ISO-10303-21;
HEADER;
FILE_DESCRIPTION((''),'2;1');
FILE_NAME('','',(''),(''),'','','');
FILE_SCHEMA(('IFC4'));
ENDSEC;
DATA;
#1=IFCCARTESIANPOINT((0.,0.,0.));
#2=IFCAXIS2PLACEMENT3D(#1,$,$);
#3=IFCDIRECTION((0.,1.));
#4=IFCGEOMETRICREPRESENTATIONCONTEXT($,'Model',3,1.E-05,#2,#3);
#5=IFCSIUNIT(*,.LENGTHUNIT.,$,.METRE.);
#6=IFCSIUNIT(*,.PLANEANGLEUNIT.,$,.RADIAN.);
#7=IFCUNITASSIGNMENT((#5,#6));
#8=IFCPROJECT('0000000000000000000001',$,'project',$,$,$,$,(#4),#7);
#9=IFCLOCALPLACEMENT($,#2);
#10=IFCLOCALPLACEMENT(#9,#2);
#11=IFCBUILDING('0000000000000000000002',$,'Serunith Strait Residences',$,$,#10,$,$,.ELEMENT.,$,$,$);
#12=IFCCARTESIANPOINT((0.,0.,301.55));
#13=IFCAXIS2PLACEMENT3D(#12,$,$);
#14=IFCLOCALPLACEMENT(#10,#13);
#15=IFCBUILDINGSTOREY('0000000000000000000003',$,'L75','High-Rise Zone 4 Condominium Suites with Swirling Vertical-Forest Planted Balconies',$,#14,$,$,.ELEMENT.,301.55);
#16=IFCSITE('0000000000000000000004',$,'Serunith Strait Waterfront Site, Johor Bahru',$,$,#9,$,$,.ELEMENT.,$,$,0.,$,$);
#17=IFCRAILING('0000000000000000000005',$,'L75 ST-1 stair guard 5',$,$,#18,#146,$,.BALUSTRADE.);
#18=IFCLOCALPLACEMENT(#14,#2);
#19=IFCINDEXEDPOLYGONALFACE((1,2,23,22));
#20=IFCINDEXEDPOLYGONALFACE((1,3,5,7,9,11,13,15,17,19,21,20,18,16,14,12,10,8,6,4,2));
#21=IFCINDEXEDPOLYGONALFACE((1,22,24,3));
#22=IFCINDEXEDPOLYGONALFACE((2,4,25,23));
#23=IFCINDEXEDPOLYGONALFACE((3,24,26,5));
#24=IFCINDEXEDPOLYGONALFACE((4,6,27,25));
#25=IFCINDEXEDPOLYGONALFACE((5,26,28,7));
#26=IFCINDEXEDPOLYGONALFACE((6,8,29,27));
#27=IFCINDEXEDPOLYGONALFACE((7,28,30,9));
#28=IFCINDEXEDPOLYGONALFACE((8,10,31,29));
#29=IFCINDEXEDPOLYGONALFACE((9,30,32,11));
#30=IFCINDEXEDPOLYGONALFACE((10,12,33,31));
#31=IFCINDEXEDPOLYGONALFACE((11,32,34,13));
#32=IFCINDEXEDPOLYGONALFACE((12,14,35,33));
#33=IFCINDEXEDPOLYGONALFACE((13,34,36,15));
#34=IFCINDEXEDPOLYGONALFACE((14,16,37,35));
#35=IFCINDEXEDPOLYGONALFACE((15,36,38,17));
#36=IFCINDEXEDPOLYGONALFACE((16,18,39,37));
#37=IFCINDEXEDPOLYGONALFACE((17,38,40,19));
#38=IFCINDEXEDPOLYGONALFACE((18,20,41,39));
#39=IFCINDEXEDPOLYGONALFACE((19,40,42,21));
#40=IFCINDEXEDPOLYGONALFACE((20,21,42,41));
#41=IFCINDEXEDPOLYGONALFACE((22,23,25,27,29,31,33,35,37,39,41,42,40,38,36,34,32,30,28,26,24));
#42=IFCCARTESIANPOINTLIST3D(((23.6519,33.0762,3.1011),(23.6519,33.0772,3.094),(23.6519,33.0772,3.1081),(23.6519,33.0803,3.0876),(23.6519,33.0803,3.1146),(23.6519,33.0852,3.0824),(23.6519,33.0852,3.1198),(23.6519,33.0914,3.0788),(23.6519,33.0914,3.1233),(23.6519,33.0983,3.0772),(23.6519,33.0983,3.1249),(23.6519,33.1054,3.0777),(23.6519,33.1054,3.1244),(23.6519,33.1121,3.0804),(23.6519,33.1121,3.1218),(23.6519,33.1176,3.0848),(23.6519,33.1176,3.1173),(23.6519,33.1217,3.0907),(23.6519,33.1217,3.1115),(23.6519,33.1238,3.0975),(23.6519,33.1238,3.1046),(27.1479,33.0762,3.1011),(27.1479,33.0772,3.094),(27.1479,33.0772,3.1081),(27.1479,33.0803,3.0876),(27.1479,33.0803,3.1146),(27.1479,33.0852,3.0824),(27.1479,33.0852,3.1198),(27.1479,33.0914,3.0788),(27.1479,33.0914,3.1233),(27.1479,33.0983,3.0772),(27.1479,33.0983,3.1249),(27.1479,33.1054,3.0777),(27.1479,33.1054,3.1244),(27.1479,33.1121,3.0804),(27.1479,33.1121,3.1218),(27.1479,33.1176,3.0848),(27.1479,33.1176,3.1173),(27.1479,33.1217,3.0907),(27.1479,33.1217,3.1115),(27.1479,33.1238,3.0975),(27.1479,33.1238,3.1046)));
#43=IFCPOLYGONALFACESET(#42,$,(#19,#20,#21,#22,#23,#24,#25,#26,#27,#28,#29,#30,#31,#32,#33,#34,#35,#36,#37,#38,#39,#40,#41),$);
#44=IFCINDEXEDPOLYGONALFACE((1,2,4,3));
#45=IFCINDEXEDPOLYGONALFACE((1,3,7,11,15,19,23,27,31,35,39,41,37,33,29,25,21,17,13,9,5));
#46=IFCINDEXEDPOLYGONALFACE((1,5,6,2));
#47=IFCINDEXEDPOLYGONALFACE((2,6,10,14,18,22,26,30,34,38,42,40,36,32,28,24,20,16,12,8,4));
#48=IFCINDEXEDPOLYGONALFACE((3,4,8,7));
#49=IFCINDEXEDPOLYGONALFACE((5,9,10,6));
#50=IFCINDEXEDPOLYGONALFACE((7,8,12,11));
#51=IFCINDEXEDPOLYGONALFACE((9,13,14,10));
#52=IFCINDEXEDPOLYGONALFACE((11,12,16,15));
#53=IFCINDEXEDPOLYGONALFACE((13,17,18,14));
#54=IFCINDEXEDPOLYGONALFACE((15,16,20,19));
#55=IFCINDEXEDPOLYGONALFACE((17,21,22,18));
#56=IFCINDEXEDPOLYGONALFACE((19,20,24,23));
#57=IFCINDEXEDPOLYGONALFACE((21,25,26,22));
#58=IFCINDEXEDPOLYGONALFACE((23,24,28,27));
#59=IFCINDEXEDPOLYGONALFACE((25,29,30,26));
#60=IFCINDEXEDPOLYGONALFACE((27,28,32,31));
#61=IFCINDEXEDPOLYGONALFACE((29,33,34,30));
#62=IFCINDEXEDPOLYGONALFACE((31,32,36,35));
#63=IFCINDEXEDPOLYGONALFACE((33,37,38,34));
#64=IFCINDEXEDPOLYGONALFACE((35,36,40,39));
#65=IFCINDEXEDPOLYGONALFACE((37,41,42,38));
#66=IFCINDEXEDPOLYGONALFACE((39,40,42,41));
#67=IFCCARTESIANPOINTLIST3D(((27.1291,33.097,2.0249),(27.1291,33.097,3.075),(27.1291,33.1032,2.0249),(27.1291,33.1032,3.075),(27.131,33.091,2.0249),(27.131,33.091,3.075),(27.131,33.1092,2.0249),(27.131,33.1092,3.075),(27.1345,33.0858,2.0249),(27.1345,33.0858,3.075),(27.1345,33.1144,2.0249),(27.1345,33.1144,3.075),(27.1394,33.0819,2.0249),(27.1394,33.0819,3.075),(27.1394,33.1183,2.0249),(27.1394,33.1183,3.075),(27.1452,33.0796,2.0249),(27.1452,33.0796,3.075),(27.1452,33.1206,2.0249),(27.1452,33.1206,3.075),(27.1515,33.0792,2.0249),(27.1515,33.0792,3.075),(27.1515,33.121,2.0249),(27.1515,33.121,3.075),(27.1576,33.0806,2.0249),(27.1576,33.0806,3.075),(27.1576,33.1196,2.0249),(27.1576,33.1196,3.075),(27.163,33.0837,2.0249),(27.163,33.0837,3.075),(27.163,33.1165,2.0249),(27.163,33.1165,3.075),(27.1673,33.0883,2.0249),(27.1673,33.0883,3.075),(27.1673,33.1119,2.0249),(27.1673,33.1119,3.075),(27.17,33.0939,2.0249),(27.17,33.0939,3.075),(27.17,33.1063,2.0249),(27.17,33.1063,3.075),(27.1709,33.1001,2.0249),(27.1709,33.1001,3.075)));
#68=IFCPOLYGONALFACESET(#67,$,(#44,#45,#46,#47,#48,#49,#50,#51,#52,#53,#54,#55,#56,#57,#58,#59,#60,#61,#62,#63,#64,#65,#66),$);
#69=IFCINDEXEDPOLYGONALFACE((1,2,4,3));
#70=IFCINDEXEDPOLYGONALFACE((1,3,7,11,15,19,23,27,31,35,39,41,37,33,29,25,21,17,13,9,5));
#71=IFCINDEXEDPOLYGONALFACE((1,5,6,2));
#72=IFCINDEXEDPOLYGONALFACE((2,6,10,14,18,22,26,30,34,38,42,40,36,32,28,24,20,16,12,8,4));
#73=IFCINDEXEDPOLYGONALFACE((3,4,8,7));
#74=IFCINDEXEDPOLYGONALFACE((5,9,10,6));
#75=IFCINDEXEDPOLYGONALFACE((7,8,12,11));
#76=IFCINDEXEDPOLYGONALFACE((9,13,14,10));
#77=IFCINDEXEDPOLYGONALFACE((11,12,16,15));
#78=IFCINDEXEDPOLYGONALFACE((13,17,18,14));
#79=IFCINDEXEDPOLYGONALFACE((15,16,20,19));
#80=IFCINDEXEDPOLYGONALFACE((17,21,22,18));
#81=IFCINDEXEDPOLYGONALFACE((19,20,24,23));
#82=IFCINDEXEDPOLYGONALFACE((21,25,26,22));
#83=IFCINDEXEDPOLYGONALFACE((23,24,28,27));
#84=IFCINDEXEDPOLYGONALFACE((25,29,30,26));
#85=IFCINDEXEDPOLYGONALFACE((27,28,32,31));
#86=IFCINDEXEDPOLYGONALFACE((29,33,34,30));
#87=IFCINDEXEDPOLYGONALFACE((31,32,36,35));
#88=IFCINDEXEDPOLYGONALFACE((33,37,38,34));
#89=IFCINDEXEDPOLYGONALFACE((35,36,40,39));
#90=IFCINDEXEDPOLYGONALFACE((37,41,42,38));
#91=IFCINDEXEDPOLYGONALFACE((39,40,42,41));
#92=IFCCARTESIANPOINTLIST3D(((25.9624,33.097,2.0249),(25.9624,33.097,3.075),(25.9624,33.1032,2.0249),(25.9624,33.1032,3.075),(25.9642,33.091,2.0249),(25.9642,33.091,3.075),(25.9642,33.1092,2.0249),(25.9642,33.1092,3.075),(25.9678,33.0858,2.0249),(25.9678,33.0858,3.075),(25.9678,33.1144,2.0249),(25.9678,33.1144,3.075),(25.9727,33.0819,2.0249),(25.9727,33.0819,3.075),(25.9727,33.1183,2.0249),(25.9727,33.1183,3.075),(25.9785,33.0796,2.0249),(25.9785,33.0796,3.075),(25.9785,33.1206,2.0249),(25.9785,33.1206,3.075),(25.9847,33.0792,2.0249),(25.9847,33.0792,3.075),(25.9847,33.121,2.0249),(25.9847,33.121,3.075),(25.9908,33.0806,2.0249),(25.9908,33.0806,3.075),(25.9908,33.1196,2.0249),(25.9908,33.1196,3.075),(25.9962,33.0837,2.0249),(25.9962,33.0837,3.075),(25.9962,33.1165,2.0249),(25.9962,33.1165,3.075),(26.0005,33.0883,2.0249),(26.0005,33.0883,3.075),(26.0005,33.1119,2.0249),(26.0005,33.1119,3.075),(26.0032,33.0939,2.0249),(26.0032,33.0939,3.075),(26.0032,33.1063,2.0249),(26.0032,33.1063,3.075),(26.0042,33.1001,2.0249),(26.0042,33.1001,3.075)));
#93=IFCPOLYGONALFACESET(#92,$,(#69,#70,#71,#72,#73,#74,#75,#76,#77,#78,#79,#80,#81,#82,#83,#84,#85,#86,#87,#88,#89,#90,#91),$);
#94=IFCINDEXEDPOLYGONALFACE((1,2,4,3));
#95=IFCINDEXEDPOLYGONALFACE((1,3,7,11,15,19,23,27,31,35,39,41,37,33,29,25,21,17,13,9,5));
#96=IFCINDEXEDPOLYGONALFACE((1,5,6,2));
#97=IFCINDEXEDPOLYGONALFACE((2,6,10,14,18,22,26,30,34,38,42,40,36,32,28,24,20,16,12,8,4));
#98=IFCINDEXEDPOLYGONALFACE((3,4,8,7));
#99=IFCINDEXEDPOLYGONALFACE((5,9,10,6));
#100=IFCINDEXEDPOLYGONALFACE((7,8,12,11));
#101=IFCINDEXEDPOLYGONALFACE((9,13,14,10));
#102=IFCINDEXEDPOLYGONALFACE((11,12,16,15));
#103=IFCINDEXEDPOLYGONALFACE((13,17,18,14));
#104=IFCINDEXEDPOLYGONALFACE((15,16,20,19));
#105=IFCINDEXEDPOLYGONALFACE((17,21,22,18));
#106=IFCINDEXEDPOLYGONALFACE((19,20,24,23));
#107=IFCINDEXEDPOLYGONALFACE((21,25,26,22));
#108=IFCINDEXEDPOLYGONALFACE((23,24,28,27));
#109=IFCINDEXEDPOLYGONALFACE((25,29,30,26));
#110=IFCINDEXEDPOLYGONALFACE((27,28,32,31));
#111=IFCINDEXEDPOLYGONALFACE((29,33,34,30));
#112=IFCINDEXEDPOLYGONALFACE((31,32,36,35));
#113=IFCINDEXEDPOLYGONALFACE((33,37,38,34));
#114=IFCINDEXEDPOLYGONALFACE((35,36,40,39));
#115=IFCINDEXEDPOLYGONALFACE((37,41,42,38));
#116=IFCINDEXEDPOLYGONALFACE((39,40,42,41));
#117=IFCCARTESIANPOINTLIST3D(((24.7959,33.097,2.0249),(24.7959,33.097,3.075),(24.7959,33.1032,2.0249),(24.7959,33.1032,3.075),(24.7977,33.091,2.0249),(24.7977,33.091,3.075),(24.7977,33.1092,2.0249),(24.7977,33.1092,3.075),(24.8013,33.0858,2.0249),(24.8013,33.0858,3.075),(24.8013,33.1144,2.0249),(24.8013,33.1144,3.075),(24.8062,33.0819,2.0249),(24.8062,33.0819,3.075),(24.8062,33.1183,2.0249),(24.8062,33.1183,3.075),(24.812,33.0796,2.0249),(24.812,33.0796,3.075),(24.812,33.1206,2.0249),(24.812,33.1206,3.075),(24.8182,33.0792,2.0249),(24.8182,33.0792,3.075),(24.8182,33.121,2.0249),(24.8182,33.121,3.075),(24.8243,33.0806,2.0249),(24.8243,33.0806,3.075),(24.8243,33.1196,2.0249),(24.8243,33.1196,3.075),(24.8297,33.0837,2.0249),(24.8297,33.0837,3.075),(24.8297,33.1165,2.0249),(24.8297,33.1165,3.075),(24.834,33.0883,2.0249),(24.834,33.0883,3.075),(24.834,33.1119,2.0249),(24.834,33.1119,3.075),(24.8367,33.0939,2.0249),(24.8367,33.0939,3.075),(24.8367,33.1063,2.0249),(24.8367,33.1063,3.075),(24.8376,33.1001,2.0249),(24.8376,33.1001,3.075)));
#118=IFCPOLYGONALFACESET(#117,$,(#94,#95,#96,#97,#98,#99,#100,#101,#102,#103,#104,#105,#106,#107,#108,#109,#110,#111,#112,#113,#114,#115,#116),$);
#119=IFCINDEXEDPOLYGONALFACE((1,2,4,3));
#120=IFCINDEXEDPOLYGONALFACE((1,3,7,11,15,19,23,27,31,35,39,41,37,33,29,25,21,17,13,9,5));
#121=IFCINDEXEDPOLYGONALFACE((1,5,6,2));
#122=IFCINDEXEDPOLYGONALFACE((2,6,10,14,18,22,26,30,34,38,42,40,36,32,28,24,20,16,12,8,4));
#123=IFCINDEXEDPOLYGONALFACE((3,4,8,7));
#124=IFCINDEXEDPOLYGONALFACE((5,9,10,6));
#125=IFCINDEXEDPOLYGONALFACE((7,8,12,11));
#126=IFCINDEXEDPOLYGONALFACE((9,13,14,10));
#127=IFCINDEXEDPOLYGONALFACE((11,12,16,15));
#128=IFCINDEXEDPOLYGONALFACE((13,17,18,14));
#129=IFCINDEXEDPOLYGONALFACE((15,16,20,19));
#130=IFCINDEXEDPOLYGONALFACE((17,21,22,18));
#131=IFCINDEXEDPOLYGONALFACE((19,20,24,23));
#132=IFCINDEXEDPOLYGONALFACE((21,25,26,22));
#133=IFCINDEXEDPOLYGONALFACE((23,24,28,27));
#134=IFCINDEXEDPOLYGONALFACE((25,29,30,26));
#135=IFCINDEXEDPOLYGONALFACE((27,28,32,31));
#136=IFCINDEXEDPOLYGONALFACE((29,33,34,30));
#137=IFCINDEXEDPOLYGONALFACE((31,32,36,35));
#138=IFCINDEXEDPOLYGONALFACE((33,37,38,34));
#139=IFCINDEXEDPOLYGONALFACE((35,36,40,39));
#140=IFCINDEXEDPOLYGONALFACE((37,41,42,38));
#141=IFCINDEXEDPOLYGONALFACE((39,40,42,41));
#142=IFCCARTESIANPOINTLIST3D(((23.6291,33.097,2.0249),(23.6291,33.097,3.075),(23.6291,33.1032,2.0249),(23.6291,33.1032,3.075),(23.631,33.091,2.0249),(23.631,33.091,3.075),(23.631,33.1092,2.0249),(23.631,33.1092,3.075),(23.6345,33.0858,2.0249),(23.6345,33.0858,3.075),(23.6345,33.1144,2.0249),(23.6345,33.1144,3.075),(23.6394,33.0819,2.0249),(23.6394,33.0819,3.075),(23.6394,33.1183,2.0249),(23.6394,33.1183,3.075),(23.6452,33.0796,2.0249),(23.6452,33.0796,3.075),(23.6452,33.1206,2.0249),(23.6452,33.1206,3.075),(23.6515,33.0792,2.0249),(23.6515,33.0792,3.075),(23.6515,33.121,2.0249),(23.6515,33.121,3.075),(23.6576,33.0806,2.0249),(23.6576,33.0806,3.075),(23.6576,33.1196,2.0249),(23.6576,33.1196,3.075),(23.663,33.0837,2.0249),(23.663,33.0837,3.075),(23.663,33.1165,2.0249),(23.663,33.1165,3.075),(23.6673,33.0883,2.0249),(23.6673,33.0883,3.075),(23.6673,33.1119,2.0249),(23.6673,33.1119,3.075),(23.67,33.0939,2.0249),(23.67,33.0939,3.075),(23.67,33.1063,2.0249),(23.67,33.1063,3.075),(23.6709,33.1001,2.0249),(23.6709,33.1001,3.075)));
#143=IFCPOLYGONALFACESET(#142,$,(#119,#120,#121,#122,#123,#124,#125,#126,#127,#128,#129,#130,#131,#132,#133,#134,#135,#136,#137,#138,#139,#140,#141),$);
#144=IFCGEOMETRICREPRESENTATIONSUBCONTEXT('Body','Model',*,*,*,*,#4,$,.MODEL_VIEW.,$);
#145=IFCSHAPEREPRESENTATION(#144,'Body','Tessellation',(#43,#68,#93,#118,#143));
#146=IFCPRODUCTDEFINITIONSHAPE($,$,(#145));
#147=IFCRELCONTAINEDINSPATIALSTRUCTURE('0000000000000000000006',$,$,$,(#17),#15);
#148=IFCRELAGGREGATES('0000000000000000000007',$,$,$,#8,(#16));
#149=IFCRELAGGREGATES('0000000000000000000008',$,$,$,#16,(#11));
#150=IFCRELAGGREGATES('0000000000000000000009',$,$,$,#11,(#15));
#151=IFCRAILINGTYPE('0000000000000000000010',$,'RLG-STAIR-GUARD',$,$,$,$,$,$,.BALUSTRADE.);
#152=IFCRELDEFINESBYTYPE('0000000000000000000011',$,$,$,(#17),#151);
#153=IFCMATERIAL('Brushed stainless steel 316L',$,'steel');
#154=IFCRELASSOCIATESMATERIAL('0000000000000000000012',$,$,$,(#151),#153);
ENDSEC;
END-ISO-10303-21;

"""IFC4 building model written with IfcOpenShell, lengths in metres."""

from ifc_helpers import new_model, si_unit, direction, frame, origin, origin_2d, place, context, subcontext, project, spatial, circle, extrude, material, type_object, element, save


model = new_model("IFC4")

# Units and contexts
model_context = context("Model", 3, precision=1e-05, world=origin(), true_north=direction((0.0, 1.0)))
body_context = subcontext(model_context, "Body", "Model", "MODEL_VIEW")
ifc_project = project(units=[si_unit("LENGTHUNIT", "METRE"), si_unit("PLANEANGLEUNIT", "RADIAN")], contexts=[model_context])

# Site, building, storey
site_placement = place(None, origin())
site = spatial("IfcSite", under=ifc_project, at=site_placement, Name="Serunith Strait Waterfront Site, Johor Bahru", CompositionType="ELEMENT", RefElevation=0.0)
building_placement = place(site_placement, origin())
building = spatial("IfcBuilding", under=site, at=building_placement, Name="Serunith Strait Residences", CompositionType="ELEMENT")
storey_placement = place(building_placement, frame((0.0, 0.0, 301.55)))
storey = spatial("IfcBuildingStorey", under=building, at=storey_placement, Name="L75", Description="High-Rise Zone 4 Condominium Suites with Swirling Vertical-Forest Planted Balconies", CompositionType="ELEMENT", Elevation=301.55)

# Railing
ifc_material_1 = material(Name="Brushed stainless steel 316L", Category="steel")
railing_type_1 = type_object("IfcRailingType", Name="RLG-STAIR-GUARD", PredefinedType="BALUSTRADE", material=ifc_material_1)
railing_1_placement = place(storey_placement, frame((27.1499, 33.1001, 2.0249)))
element("IfcRailing", 1, at=railing_1_placement, inside=storey, type_object=railing_type_1, Name="L75 ST-1 stair guard 5", PredefinedType="BALUSTRADE", context=body_context, shape_type="SweptSolid", body=[
    extrude(circle(Radius=0.0239, at=origin_2d()), frame((-0.002, 0.0, 1.0762), z_axis=(-1.0, 0.0, 0.0), x_axis=(0.0, -1.0, 0.0)), (0.0, 0.0, 1.0), 3.4961),
    extrude(circle(Radius=0.021, at=origin_2d()), origin(), (0.0, 0.0, 1.0), 1.05),
    extrude(circle(Radius=0.021, at=origin_2d()), frame((-1.1667, 0.0, 0.0)), (0.0, 0.0, 1.0), 1.05),
    extrude(circle(Radius=0.021, at=origin_2d()), frame((-2.3333, 0.0, 0.0)), (0.0, 0.0, 1.0), 1.05),
    extrude(circle(Radius=0.021, at=origin_2d()), frame((-3.5, 0.0, 0.0)), (0.0, 0.0, 1.0), 1.05),
])

save(model, "model.ifc")
